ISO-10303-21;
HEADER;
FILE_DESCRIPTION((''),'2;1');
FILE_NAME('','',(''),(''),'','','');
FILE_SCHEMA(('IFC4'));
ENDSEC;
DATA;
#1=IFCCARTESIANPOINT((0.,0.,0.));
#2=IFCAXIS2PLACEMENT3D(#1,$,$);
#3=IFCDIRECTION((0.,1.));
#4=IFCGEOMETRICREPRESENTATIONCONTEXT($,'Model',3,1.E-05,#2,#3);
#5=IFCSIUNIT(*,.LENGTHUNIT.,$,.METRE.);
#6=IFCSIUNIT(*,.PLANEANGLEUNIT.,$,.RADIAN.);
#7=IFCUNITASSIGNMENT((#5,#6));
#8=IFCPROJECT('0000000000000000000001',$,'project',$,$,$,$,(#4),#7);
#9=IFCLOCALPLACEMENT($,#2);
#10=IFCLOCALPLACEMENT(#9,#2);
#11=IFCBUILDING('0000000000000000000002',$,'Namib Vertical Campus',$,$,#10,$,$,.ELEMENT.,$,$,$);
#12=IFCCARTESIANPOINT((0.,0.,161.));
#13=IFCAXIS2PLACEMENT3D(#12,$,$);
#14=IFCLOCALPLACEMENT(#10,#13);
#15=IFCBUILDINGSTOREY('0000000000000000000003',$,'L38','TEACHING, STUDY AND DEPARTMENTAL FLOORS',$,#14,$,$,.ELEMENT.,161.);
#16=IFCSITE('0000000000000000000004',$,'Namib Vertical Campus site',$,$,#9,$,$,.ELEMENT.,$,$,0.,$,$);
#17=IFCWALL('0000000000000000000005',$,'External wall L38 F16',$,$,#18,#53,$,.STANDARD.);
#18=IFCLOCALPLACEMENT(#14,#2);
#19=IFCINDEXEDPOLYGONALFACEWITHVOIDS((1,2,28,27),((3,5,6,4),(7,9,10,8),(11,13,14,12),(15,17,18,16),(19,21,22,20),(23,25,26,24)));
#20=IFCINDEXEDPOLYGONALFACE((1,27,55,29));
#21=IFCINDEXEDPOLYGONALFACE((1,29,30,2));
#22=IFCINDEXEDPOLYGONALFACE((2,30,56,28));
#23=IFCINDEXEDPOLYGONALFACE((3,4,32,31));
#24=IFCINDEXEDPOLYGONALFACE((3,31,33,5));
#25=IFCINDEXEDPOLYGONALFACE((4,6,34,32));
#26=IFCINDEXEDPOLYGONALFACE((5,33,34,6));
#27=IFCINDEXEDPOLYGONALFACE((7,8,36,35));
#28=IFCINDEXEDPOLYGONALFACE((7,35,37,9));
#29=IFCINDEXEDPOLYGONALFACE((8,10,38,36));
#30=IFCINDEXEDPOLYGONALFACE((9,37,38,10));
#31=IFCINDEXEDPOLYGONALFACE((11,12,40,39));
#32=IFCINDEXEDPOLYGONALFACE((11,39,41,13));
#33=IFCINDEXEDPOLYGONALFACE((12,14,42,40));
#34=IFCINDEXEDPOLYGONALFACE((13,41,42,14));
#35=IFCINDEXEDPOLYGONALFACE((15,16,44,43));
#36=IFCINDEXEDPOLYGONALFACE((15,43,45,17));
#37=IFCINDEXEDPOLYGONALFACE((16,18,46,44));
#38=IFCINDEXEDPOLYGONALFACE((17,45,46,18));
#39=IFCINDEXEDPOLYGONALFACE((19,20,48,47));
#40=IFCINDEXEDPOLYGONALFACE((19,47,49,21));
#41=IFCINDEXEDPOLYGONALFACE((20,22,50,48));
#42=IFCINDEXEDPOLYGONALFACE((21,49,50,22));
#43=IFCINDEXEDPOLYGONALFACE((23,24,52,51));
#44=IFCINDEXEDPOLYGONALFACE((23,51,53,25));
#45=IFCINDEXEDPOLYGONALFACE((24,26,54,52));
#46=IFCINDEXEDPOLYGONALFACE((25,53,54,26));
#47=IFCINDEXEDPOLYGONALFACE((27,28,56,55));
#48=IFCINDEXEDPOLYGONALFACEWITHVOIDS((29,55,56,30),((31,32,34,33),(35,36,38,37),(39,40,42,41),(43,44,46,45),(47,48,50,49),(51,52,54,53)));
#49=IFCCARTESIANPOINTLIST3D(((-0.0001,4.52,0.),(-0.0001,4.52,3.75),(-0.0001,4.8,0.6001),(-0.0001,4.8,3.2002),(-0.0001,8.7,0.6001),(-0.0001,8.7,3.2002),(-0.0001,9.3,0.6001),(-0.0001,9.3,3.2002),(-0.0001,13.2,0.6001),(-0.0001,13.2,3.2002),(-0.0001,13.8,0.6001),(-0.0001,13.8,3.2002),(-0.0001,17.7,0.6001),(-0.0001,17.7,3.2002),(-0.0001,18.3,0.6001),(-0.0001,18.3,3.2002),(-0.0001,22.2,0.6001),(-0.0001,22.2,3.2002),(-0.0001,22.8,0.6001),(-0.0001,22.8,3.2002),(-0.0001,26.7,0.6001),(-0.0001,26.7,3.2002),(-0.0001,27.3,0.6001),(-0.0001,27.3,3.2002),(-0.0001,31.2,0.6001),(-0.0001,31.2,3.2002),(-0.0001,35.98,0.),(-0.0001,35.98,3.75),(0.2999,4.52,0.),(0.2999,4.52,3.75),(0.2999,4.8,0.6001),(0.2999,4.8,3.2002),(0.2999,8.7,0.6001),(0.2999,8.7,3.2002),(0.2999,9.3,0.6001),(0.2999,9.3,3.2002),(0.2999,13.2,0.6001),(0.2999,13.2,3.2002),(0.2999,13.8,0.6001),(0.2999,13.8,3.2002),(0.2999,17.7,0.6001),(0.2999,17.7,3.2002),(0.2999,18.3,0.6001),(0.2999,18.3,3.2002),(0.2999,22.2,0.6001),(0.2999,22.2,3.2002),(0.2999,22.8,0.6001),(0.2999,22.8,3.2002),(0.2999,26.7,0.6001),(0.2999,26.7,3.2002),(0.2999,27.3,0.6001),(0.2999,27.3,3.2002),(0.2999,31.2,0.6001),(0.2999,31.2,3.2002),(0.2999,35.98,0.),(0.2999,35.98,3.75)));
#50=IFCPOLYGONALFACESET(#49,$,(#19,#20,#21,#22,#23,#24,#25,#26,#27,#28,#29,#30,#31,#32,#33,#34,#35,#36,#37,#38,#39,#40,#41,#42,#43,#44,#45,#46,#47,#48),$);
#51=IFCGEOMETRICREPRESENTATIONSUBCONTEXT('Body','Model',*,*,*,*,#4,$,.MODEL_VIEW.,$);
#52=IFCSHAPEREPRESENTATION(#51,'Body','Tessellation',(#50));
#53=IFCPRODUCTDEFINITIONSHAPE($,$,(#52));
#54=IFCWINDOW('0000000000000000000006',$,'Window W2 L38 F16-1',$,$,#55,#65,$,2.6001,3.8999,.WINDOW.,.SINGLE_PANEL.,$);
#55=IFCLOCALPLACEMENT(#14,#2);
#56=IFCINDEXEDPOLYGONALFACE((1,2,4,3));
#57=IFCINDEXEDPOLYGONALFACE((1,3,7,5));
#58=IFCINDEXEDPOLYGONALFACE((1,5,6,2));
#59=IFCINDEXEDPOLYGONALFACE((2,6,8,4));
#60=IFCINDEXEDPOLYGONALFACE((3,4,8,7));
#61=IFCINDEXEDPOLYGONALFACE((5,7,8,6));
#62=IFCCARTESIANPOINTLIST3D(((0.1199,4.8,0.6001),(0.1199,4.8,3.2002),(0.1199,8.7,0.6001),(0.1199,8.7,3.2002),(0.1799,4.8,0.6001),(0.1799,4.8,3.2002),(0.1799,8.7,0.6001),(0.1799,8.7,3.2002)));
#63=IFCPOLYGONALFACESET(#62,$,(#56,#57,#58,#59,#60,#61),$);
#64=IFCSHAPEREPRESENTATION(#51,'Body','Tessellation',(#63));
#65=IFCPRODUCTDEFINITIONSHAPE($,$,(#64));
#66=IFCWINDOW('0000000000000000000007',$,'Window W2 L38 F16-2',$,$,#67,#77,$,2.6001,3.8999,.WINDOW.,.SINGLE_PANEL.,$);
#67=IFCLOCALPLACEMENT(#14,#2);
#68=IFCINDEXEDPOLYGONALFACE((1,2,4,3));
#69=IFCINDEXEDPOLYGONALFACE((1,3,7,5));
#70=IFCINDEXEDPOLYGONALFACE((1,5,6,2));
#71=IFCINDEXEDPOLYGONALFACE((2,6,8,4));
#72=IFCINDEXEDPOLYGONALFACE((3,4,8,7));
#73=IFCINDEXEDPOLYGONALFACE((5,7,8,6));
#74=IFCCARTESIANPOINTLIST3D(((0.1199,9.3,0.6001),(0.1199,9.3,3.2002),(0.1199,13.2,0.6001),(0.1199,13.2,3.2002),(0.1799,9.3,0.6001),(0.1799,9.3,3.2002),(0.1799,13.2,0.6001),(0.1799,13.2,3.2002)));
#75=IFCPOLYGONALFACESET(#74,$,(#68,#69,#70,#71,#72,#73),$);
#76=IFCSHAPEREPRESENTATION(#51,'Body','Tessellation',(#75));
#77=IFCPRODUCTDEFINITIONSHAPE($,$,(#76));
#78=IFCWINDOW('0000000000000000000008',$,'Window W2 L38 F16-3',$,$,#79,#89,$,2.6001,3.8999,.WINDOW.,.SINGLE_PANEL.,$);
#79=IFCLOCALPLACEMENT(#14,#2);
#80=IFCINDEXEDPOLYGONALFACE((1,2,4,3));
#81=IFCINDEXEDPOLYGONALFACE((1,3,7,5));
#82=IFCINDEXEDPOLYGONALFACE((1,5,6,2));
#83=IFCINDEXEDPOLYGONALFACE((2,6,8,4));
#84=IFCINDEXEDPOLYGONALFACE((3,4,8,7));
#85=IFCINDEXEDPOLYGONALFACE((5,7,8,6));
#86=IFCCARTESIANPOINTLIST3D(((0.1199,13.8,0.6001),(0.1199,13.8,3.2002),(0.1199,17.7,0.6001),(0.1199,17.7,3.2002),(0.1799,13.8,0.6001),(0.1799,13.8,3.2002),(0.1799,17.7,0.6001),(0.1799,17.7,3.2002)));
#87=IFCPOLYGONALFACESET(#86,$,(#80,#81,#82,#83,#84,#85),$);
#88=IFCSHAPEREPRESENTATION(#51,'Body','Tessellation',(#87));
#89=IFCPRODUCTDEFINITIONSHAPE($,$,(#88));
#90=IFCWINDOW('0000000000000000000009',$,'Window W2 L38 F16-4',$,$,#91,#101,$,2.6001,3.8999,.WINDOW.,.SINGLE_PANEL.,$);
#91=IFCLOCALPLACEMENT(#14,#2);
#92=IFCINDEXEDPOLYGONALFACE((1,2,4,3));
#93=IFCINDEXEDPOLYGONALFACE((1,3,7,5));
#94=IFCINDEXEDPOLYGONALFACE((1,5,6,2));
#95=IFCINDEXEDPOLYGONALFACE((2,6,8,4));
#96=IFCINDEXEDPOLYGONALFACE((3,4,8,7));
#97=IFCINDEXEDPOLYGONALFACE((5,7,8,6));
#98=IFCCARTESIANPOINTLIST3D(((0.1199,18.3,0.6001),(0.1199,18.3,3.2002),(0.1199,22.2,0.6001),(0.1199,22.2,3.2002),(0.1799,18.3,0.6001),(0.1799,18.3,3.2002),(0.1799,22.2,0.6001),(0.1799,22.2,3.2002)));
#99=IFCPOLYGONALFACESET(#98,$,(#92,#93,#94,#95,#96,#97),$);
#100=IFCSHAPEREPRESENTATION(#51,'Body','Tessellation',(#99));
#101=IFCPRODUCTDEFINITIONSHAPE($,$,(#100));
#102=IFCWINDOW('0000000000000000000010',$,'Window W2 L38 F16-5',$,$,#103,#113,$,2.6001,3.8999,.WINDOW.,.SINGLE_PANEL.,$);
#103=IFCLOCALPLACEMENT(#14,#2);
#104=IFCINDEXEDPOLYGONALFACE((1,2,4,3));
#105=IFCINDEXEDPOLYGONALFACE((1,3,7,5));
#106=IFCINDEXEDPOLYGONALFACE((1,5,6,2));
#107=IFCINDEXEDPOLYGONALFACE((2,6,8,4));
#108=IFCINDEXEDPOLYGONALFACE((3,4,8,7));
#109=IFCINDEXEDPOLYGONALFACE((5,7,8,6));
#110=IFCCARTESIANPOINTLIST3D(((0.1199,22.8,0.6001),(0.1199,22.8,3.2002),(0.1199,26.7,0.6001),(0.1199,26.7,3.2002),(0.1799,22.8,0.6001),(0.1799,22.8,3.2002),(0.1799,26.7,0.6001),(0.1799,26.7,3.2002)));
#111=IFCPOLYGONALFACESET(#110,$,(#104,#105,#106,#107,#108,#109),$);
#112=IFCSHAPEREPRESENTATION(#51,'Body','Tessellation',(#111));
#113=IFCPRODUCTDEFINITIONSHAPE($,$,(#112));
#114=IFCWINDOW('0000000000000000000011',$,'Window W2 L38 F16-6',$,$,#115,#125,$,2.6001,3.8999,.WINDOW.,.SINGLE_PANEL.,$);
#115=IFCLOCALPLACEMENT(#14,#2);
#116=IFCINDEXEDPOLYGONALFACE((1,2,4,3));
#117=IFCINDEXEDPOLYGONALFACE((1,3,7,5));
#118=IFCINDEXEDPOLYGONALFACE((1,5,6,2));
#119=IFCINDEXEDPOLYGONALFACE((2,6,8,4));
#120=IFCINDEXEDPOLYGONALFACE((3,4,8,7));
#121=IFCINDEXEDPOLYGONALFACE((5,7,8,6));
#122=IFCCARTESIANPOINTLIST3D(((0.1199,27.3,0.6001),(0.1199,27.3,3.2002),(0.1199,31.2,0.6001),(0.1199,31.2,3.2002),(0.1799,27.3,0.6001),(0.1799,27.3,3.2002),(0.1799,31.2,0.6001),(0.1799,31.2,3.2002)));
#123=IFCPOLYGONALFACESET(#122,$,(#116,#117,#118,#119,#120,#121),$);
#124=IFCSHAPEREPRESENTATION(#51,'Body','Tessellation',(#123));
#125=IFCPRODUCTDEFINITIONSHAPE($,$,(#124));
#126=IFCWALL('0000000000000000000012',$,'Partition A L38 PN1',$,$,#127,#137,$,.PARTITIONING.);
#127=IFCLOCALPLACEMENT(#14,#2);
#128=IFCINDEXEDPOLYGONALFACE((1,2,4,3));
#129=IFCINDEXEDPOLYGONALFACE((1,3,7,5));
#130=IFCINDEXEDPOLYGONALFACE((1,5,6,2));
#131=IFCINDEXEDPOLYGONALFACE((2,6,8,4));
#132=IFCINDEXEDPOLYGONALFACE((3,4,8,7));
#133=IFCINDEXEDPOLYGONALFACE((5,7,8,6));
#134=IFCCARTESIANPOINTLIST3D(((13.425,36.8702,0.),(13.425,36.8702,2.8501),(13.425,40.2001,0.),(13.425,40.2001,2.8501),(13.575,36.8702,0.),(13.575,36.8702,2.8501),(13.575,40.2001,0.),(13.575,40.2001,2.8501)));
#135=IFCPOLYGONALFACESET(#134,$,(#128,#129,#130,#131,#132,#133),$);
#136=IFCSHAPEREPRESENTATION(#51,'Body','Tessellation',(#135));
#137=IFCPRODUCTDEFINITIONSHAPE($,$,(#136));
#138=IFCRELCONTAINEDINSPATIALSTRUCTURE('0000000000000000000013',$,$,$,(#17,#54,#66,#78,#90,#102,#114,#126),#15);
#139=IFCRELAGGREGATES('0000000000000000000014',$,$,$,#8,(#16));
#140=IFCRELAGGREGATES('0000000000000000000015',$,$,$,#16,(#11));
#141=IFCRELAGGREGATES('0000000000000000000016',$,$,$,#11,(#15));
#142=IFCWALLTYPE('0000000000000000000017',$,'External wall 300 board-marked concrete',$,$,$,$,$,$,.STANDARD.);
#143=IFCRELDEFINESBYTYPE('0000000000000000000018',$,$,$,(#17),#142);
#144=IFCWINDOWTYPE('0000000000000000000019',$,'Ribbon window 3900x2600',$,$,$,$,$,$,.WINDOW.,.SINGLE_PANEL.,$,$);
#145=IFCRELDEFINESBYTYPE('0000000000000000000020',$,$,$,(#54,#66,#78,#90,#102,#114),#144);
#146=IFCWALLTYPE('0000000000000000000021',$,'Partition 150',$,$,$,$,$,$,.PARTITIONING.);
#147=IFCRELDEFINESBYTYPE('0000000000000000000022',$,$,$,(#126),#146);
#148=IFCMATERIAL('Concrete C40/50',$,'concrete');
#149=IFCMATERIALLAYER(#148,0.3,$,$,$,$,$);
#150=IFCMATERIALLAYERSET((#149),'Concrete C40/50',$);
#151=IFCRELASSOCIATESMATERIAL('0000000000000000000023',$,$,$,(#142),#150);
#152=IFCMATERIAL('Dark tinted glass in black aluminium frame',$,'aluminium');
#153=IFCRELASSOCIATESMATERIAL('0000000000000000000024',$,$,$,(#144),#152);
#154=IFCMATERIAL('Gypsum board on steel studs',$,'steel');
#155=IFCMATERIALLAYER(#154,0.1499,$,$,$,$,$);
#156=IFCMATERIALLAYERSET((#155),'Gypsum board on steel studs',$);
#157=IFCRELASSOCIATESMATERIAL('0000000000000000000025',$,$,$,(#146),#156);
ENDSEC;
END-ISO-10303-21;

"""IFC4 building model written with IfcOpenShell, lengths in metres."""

from ifc_helpers import new_model, si_unit, direction, frame, frame_2d, origin, place, context, subcontext, project, spatial, rectangle, extrude, material, layer, layer_set, type_object, element, fill, save


model = new_model("IFC4")

# Units and contexts
model_context = context("Model", 3, precision=1e-05, world=origin(), true_north=direction((0.0, 1.0)))
body_context = subcontext(model_context, "Body", "Model", "MODEL_VIEW")
ifc_project = project(units=[si_unit("LENGTHUNIT", "METRE"), si_unit("PLANEANGLEUNIT", "RADIAN")], contexts=[model_context])

# Site, building, storey
site_placement = place(None, origin())
site = spatial("IfcSite", under=ifc_project, at=site_placement, Name="Namib Vertical Campus site", CompositionType="ELEMENT", RefElevation=0.0)
building_placement = place(site_placement, origin())
building = spatial("IfcBuilding", under=site, at=building_placement, Name="Namib Vertical Campus", CompositionType="ELEMENT")
storey_placement = place(building_placement, frame((0.0, 0.0, 161.0)))
storey = spatial("IfcBuildingStorey", under=building, at=storey_placement, Name="L38", Description="TEACHING, STUDY AND DEPARTMENTAL FLOORS", CompositionType="ELEMENT", Elevation=161.0)

# Shared definitions
ifc_material_1 = material(Name="Concrete C40/50", Category="concrete")
ifc_layer_1 = layer(ifc_material_1, 0.3)
ifc_layer_set_1 = layer_set([ifc_layer_1], Name="Concrete C40/50")
wall_type_1 = type_object("IfcWallType", Name="External wall 300 board-marked concrete", PredefinedType="STANDARD", material=ifc_layer_set_1)

# Wall, openings, windows
wall_1_placement = place(storey_placement, frame((0.1499, 35.98, 0.0), z_axis=(0.0, 0.0, 1.0), x_axis=(0.0, -1.0, 0.0)))
wall_1 = element("IfcWall", 1, at=wall_1_placement, inside=storey, type_object=wall_type_1, Name="External wall L38 F16", PredefinedType="STANDARD", context=body_context, shape_type="SweptSolid", body=[
    extrude(rectangle(XDim=31.46, YDim=0.3, at=frame_2d((15.73, 0.0))), origin(), (0.0, 0.0, 1.0), 3.75),
])
opening_1_placement = place(wall_1_placement, frame((27.28, 0.0, 0.6001)))
opening_1 = element("IfcOpeningElement", 2, at=opening_1_placement, cuts=wall_1, PredefinedType="OPENING", context=body_context, shape_type="SweptSolid", body=[
    extrude(rectangle(XDim=3.8999, YDim=2.6001, at=frame_2d((1.95, 1.3))), frame((0.0, 0.1599, 0.0), z_axis=(0.0, -1.0, 0.0), x_axis=(1.0, 0.0, 0.0)), (0.0, 0.0, 1.0), 0.3201),
])
opening_2_placement = place(wall_1_placement, frame((22.78, 0.0, 0.6001)))
opening_2 = element("IfcOpeningElement", 3, at=opening_2_placement, cuts=wall_1, PredefinedType="OPENING", context=body_context, shape_type="SweptSolid", body=[
    extrude(rectangle(XDim=3.8999, YDim=2.6001, at=frame_2d((1.95, 1.3))), frame((0.0, 0.1599, 0.0), z_axis=(0.0, -1.0, 0.0), x_axis=(1.0, 0.0, 0.0)), (0.0, 0.0, 1.0), 0.3201),
])
opening_3_placement = place(wall_1_placement, frame((18.28, 0.0, 0.6001)))
opening_3 = element("IfcOpeningElement", 4, at=opening_3_placement, cuts=wall_1, PredefinedType="OPENING", context=body_context, shape_type="SweptSolid", body=[
    extrude(rectangle(XDim=3.8999, YDim=2.6001, at=frame_2d((1.95, 1.3))), frame((0.0, 0.1599, 0.0), z_axis=(0.0, -1.0, 0.0), x_axis=(1.0, 0.0, 0.0)), (0.0, 0.0, 1.0), 0.3201),
])
opening_4_placement = place(wall_1_placement, frame((13.78, 0.0, 0.6001)))
opening_4 = element("IfcOpeningElement", 5, at=opening_4_placement, cuts=wall_1, PredefinedType="OPENING", context=body_context, shape_type="SweptSolid", body=[
    extrude(rectangle(XDim=3.8999, YDim=2.6001, at=frame_2d((1.95, 1.3))), frame((0.0, 0.1599, 0.0), z_axis=(0.0, -1.0, 0.0), x_axis=(1.0, 0.0, 0.0)), (0.0, 0.0, 1.0), 0.3201),
])
opening_5_placement = place(wall_1_placement, frame((9.28, 0.0, 0.6001)))
opening_5 = element("IfcOpeningElement", 6, at=opening_5_placement, cuts=wall_1, PredefinedType="OPENING", context=body_context, shape_type="SweptSolid", body=[
    extrude(rectangle(XDim=3.8999, YDim=2.6001, at=frame_2d((1.95, 1.3))), frame((0.0, 0.1599, 0.0), z_axis=(0.0, -1.0, 0.0), x_axis=(1.0, 0.0, 0.0)), (0.0, 0.0, 1.0), 0.3201),
])
opening_6_placement = place(wall_1_placement, frame((4.78, 0.0, 0.6001)))
opening_6 = element("IfcOpeningElement", 7, at=opening_6_placement, cuts=wall_1, PredefinedType="OPENING", context=body_context, shape_type="SweptSolid", body=[
    extrude(rectangle(XDim=3.8999, YDim=2.6001, at=frame_2d((1.95, 1.3))), frame((0.0, 0.1599, 0.0), z_axis=(0.0, -1.0, 0.0), x_axis=(1.0, 0.0, 0.0)), (0.0, 0.0, 1.0), 0.3201),
])
ifc_material_2 = material(Name="Dark tinted glass in black aluminium frame", Category="aluminium")
window_type = type_object("IfcWindowType", Name="Ribbon window 3900x2600", PartitioningType="SINGLE_PANEL", PredefinedType="WINDOW", material=ifc_material_2)
window_1_placement = place(opening_1_placement, origin())
window_1 = element("IfcWindow", 8, at=window_1_placement, inside=storey, type_object=window_type, Name="Window W2 L38 F16-1", OverallHeight=2.6001, OverallWidth=3.8999, PartitioningType="SINGLE_PANEL", PredefinedType="WINDOW", context=body_context, shape_type="SweptSolid", body=[
    extrude(rectangle(XDim=3.8999, YDim=2.6001, at=frame_2d((1.95, 1.3))), frame((0.0, 0.03, 0.0), z_axis=(0.0, -1.0, 0.0), x_axis=(1.0, 0.0, 0.0)), (0.0, 0.0, 1.0), 0.0601),
])
fill(opening_1, window_1)
window_2_placement = place(opening_2_placement, origin())
window_2 = element("IfcWindow", 9, at=window_2_placement, inside=storey, type_object=window_type, Name="Window W2 L38 F16-2", OverallHeight=2.6001, OverallWidth=3.8999, PartitioningType="SINGLE_PANEL", PredefinedType="WINDOW", context=body_context, shape_type="SweptSolid", body=[
    extrude(rectangle(XDim=3.8999, YDim=2.6001, at=frame_2d((1.95, 1.3))), frame((0.0, 0.03, 0.0), z_axis=(0.0, -1.0, 0.0), x_axis=(1.0, 0.0, 0.0)), (0.0, 0.0, 1.0), 0.0601),
])
fill(opening_2, window_2)
window_3_placement = place(opening_3_placement, origin())
window_3 = element("IfcWindow", 10, at=window_3_placement, inside=storey, type_object=window_type, Name="Window W2 L38 F16-3", OverallHeight=2.6001, OverallWidth=3.8999, PartitioningType="SINGLE_PANEL", PredefinedType="WINDOW", context=body_context, shape_type="SweptSolid", body=[
    extrude(rectangle(XDim=3.8999, YDim=2.6001, at=frame_2d((1.95, 1.3))), frame((0.0, 0.03, 0.0), z_axis=(0.0, -1.0, 0.0), x_axis=(1.0, 0.0, 0.0)), (0.0, 0.0, 1.0), 0.0601),
])
fill(opening_3, window_3)
window_4_placement = place(opening_4_placement, origin())
window_4 = element("IfcWindow", 11, at=window_4_placement, inside=storey, type_object=window_type, Name="Window W2 L38 F16-4", OverallHeight=2.6001, OverallWidth=3.8999, PartitioningType="SINGLE_PANEL", PredefinedType="WINDOW", context=body_context, shape_type="SweptSolid", body=[
    extrude(rectangle(XDim=3.8999, YDim=2.6001, at=frame_2d((1.95, 1.3))), frame((0.0, 0.03, 0.0), z_axis=(0.0, -1.0, 0.0), x_axis=(1.0, 0.0, 0.0)), (0.0, 0.0, 1.0), 0.0601),
])
fill(opening_4, window_4)
window_5_placement = place(opening_5_placement, origin())
window_5 = element("IfcWindow", 12, at=window_5_placement, inside=storey, type_object=window_type, Name="Window W2 L38 F16-5", OverallHeight=2.6001, OverallWidth=3.8999, PartitioningType="SINGLE_PANEL", PredefinedType="WINDOW", context=body_context, shape_type="SweptSolid", body=[
    extrude(rectangle(XDim=3.8999, YDim=2.6001, at=frame_2d((1.95, 1.3))), frame((0.0, 0.03, 0.0), z_axis=(0.0, -1.0, 0.0), x_axis=(1.0, 0.0, 0.0)), (0.0, 0.0, 1.0), 0.0601),
])
fill(opening_5, window_5)
window_6_placement = place(opening_6_placement, origin())
window_6 = element("IfcWindow", 13, at=window_6_placement, inside=storey, type_object=window_type, Name="Window W2 L38 F16-6", OverallHeight=2.6001, OverallWidth=3.8999, PartitioningType="SINGLE_PANEL", PredefinedType="WINDOW", context=body_context, shape_type="SweptSolid", body=[
    extrude(rectangle(XDim=3.8999, YDim=2.6001, at=frame_2d((1.95, 1.3))), frame((0.0, 0.03, 0.0), z_axis=(0.0, -1.0, 0.0), x_axis=(1.0, 0.0, 0.0)), (0.0, 0.0, 1.0), 0.0601),
])
fill(opening_6, window_6)

# Wall
ifc_material_3 = material(Name="Gypsum board on steel studs", Category="steel")
ifc_layer_2 = layer(ifc_material_3, 0.1499)
ifc_layer_set_2 = layer_set([ifc_layer_2], Name="Gypsum board on steel studs")
wall_type_2 = type_object("IfcWallType", Name="Partition 150", PredefinedType="PARTITIONING", material=ifc_layer_set_2)
wall_2_placement = place(storey_placement, frame((13.5, 36.8701, 0.0), z_axis=(0.0, 0.0, 1.0), x_axis=(0.0, 1.0, 0.0)))
element("IfcWall", 14, at=wall_2_placement, inside=storey, type_object=wall_type_2, Name="Partition A L38 PN1", PredefinedType="PARTITIONING", context=body_context, shape_type="SweptSolid", body=[
    extrude(rectangle(XDim=3.3298, YDim=0.1499, at=frame_2d((1.665, 0.0))), origin(), (0.0, 0.0, 1.0), 2.8501),
])

save(model, "model.ifc")
